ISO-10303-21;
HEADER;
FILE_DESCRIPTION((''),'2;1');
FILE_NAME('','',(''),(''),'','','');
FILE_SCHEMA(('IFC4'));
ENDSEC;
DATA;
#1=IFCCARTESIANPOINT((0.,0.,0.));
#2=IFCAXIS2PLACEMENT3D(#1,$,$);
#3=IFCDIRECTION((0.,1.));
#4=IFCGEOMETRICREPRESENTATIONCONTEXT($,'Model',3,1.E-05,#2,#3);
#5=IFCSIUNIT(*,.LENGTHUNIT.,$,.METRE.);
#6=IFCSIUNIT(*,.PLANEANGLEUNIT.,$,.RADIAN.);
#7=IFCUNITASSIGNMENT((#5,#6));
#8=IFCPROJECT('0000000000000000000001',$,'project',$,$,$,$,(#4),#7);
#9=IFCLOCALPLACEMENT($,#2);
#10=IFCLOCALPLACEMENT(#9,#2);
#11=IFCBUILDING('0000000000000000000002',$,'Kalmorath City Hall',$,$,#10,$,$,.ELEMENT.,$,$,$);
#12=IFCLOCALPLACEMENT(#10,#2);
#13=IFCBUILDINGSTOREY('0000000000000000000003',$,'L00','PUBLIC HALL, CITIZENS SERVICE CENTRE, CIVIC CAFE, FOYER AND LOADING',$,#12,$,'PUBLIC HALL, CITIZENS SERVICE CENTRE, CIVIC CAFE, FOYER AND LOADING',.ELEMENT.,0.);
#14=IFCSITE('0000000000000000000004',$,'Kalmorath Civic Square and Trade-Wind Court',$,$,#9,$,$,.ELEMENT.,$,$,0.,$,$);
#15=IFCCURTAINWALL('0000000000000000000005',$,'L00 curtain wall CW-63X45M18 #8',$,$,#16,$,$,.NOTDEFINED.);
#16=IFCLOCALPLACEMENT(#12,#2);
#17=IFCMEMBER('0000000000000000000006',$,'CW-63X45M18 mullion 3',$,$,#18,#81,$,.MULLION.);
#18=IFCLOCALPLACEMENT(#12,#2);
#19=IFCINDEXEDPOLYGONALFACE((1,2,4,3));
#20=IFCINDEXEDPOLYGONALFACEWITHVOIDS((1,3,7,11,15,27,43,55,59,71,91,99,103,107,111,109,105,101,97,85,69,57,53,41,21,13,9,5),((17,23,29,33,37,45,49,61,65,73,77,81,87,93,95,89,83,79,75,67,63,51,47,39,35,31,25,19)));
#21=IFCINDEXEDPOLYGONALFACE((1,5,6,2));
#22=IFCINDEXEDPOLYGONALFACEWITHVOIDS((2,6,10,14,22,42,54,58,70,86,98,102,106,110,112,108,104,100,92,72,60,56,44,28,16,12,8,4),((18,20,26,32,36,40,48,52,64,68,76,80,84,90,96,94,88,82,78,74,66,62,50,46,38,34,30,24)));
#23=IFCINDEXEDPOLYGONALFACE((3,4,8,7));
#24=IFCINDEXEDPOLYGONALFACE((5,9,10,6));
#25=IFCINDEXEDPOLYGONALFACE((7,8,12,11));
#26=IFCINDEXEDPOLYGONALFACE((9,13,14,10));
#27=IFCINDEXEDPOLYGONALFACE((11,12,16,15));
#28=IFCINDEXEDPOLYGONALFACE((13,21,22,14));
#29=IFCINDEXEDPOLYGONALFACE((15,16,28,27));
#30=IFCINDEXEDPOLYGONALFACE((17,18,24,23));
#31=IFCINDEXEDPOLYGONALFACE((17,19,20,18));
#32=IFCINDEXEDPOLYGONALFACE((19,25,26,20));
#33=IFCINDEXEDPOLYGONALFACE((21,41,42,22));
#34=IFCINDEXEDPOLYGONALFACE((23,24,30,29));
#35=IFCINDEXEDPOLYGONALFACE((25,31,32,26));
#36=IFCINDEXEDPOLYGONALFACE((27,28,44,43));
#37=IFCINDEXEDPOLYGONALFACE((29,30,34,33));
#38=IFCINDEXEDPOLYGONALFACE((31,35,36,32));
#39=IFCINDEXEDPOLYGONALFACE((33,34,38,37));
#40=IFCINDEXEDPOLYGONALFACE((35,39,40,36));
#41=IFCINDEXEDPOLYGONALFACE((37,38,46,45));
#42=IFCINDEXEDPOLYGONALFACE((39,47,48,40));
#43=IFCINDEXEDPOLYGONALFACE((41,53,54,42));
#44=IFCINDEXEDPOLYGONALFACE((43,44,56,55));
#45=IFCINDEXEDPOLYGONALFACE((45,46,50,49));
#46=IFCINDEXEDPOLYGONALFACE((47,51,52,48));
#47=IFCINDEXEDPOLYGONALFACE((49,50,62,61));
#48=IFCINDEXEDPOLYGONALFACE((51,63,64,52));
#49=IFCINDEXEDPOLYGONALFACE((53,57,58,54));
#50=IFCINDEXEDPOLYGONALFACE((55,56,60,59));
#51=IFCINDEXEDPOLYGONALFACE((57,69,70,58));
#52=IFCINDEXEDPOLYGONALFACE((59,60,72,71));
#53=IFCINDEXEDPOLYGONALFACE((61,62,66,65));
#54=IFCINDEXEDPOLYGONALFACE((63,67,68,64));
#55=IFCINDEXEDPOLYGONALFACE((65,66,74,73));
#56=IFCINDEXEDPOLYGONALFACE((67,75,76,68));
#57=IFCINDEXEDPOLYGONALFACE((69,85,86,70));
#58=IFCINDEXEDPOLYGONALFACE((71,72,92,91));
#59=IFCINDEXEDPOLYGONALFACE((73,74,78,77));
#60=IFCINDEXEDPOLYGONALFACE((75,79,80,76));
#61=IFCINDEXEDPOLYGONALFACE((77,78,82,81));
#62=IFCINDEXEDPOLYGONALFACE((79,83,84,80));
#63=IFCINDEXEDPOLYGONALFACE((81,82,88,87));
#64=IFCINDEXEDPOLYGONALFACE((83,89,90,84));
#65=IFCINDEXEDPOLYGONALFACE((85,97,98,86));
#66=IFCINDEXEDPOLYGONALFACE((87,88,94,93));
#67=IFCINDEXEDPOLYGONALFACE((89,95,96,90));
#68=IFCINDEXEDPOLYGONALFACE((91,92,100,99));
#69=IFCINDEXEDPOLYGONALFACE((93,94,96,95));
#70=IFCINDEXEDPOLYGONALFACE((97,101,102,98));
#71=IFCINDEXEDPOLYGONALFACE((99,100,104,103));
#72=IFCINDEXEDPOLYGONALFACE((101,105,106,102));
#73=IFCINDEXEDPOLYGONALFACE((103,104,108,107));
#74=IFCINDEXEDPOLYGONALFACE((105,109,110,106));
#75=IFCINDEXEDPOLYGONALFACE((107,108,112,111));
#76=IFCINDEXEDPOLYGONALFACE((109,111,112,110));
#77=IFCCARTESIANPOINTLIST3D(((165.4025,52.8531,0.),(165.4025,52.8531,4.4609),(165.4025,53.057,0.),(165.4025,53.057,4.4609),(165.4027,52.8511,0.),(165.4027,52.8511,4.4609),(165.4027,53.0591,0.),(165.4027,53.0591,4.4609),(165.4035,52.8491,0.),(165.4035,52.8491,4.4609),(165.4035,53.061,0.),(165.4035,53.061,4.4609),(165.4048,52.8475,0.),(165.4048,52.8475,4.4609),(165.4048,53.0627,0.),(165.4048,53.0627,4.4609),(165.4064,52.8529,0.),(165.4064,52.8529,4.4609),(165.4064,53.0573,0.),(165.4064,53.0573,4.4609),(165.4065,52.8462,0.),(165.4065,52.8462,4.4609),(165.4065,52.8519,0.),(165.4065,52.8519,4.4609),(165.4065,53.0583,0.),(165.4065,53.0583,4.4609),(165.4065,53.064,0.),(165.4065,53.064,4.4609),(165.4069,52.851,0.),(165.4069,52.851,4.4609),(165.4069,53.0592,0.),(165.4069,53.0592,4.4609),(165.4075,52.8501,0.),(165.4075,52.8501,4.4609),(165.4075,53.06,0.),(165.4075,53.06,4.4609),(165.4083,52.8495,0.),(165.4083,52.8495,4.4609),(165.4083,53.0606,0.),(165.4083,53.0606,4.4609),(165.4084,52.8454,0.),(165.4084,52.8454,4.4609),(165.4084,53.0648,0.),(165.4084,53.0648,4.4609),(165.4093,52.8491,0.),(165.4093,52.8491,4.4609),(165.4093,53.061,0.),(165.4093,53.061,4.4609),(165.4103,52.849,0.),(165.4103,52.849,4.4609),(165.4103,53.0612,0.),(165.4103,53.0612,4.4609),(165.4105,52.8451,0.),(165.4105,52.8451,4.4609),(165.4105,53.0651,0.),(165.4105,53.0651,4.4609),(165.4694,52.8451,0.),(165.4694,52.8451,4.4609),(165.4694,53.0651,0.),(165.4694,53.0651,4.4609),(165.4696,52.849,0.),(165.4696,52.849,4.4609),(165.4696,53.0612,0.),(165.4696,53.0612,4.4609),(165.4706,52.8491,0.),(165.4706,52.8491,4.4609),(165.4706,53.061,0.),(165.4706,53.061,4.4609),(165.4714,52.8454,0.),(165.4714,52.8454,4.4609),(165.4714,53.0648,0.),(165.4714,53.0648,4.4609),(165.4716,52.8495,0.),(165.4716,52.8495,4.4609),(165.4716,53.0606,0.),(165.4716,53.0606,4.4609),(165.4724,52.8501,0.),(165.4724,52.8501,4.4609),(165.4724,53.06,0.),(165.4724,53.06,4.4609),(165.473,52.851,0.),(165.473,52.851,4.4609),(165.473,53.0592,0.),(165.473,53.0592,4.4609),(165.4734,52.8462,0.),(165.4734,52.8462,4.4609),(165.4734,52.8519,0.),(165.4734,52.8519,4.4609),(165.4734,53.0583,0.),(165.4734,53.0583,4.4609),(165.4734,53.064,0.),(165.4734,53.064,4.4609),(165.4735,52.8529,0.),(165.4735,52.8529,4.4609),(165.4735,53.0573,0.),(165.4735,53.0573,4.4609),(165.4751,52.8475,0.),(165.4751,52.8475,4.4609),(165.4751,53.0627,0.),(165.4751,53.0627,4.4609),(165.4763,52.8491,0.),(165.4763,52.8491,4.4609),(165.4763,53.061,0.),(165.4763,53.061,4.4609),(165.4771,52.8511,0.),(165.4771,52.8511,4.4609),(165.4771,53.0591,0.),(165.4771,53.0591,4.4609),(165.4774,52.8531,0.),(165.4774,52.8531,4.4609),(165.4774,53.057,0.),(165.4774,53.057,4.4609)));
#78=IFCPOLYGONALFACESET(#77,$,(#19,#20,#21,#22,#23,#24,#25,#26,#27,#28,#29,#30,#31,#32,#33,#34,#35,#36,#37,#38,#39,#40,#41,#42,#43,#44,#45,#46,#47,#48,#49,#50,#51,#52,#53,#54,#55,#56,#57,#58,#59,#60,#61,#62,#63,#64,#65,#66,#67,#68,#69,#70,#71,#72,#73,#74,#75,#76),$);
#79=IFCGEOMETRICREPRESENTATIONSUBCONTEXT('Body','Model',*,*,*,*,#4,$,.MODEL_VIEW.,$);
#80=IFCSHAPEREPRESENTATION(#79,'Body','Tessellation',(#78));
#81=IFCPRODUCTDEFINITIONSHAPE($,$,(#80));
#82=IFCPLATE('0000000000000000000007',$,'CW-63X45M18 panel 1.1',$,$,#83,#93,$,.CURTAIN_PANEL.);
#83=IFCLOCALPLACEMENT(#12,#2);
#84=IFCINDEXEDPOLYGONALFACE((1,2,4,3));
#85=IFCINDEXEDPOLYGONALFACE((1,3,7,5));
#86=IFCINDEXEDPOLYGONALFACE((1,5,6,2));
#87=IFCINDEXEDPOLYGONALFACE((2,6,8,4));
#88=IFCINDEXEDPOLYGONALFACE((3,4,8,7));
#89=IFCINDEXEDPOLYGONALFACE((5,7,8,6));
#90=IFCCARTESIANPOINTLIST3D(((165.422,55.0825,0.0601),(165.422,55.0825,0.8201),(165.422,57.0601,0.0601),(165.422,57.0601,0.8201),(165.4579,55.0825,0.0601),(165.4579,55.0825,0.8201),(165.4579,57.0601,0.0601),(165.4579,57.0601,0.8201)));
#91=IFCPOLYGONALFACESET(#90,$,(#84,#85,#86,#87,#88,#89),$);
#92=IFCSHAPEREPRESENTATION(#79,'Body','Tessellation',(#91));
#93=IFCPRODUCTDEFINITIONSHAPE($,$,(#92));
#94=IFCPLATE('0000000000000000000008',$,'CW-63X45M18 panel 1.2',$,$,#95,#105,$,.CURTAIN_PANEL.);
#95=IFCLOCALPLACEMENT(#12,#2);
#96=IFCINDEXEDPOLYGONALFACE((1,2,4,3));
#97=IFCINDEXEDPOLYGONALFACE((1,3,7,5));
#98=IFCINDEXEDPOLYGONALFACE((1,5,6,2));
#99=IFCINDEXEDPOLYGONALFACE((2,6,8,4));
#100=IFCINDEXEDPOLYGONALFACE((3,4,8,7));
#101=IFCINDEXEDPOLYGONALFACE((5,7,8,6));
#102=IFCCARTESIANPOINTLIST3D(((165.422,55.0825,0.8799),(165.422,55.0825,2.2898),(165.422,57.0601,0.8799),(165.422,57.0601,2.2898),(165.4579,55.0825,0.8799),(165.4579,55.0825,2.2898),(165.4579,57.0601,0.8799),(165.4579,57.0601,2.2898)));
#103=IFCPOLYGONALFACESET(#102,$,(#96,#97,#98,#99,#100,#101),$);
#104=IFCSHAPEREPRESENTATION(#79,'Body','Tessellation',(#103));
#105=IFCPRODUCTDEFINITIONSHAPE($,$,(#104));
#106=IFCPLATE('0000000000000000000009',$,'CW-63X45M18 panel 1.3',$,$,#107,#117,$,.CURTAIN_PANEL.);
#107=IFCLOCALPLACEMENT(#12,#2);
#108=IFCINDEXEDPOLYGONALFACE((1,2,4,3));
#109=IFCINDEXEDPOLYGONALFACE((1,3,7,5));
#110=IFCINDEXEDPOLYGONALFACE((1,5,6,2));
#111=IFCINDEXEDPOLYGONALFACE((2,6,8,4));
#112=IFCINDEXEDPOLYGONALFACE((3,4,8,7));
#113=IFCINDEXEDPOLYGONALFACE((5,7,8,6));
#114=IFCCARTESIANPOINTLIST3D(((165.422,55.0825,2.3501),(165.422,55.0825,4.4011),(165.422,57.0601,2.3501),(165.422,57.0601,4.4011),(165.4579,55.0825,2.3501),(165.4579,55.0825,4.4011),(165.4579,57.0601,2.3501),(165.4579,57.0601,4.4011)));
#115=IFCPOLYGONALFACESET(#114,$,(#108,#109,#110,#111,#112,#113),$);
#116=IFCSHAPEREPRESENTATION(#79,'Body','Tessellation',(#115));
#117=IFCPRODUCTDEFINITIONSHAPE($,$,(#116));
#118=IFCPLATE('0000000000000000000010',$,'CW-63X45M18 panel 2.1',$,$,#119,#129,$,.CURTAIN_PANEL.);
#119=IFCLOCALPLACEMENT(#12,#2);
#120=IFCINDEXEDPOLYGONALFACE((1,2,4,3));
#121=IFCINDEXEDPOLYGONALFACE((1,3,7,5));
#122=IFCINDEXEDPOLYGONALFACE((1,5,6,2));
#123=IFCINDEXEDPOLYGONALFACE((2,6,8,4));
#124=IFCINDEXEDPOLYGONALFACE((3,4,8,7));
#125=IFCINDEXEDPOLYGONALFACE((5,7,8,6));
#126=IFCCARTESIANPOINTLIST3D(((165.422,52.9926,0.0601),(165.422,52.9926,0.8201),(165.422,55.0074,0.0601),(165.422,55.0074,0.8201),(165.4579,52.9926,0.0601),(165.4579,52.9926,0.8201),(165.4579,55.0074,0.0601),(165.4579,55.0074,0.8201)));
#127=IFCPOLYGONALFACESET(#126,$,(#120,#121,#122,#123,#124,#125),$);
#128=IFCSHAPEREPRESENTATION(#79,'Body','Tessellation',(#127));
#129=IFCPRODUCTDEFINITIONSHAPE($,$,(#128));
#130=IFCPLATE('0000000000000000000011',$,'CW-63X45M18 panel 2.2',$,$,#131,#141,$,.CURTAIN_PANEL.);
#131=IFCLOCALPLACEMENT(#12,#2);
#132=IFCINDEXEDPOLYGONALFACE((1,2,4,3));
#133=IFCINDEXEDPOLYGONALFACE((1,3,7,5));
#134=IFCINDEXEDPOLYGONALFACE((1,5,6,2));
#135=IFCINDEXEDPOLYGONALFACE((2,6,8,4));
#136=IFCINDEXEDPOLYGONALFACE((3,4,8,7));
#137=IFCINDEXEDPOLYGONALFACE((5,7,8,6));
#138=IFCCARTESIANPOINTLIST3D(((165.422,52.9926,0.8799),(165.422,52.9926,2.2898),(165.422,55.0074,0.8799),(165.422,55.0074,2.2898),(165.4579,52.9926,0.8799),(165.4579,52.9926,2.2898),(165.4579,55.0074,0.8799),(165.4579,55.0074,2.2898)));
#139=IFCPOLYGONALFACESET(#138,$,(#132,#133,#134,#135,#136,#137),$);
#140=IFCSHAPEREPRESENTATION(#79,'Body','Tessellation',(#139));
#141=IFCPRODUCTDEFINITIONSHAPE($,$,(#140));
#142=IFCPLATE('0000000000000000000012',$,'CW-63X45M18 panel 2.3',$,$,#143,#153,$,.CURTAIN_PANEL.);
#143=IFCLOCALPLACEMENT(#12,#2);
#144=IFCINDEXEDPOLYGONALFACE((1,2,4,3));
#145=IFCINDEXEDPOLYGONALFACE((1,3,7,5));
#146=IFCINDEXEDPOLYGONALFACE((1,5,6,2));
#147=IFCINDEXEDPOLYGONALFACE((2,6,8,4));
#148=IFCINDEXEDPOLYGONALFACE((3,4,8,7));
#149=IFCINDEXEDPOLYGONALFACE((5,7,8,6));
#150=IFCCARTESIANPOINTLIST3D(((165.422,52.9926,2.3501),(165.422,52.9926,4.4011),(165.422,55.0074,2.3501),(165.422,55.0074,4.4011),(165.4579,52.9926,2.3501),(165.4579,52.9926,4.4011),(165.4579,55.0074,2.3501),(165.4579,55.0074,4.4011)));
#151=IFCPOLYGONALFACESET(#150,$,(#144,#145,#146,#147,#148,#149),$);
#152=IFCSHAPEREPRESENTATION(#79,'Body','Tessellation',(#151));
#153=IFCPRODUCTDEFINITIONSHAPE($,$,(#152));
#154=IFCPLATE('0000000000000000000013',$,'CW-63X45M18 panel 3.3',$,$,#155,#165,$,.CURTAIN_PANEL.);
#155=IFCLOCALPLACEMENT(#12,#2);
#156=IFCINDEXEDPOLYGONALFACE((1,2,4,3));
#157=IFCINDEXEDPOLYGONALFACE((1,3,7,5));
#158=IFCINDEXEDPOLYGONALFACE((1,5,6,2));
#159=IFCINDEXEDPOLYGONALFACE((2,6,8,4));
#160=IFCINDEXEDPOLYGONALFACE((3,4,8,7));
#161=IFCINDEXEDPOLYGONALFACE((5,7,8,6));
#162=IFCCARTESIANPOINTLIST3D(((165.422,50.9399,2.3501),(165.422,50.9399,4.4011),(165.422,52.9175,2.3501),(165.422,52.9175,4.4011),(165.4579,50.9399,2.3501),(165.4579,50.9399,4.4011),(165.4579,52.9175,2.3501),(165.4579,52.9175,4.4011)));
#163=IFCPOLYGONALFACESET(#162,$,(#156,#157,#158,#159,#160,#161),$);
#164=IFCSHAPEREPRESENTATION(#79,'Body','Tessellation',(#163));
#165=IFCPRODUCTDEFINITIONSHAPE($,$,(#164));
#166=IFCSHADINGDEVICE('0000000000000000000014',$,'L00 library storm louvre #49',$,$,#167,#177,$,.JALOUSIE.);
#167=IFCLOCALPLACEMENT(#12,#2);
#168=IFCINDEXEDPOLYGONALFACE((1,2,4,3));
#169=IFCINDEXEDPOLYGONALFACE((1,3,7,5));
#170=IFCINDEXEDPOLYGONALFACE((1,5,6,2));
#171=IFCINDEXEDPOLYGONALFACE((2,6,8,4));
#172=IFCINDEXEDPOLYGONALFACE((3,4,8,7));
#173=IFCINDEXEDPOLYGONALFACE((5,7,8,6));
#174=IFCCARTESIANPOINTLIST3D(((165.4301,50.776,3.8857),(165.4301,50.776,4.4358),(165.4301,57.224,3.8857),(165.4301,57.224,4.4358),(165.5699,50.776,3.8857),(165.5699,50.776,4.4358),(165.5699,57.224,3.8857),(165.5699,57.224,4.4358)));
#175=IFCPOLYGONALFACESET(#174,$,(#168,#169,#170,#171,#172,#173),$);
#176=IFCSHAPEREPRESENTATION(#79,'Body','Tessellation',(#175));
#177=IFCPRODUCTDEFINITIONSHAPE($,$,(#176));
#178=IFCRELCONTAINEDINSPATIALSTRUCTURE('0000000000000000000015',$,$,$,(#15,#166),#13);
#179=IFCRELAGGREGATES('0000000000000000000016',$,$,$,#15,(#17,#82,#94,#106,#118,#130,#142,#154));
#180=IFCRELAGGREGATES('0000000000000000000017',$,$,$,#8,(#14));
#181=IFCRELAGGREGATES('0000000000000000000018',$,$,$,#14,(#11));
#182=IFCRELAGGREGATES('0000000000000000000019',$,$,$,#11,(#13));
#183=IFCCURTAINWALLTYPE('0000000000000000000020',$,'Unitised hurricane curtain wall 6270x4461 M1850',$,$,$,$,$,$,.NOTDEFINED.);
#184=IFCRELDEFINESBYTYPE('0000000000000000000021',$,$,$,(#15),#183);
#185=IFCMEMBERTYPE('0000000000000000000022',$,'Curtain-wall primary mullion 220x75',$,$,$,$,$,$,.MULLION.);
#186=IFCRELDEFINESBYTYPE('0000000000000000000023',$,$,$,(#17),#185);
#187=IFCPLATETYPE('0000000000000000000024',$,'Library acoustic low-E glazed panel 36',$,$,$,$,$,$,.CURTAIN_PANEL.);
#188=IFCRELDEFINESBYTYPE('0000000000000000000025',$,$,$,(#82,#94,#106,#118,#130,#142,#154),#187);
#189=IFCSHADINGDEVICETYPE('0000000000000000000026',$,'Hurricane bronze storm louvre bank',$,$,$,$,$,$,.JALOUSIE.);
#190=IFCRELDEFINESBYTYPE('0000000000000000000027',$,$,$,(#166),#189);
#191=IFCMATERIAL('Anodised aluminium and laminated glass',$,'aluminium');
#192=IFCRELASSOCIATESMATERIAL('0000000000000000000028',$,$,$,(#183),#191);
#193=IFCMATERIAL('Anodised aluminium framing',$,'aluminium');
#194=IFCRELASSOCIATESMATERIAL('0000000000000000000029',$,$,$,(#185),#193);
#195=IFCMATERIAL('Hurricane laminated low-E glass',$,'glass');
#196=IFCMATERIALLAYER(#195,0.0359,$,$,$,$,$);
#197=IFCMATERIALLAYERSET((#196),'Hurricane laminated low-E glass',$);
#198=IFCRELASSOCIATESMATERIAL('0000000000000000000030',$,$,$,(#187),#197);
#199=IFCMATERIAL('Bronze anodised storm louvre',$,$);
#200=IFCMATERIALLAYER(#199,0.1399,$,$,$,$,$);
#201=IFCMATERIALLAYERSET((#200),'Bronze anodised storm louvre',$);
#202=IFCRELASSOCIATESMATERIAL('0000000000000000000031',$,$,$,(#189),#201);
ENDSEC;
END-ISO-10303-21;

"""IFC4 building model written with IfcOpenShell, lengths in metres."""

from ifc_helpers import new_model, si_unit, direction, frame, origin, origin_2d, place, context, subcontext, project, spatial, rectangle, hollow_rectangle, extrude, material, layer, layer_set, material_profile, profile_set, type_object, element, aggregate, save


model = new_model("IFC4")

# Units and contexts
model_context = context("Model", 3, precision=1e-05, world=origin(), true_north=direction((0.0, 1.0)))
body_context = subcontext(model_context, "Body", "Model", "MODEL_VIEW")
ifc_project = project(units=[si_unit("LENGTHUNIT", "METRE"), si_unit("PLANEANGLEUNIT", "RADIAN")], contexts=[model_context])

# Site, building, storey
site_placement = place(None, origin())
site = spatial("IfcSite", under=ifc_project, at=site_placement, Name="Kalmorath Civic Square and Trade-Wind Court", CompositionType="ELEMENT", RefElevation=0.0)
building_placement = place(site_placement, origin())
building = spatial("IfcBuilding", under=site, at=building_placement, Name="Kalmorath City Hall", CompositionType="ELEMENT")
storey_placement = place(building_placement, origin())
storey = spatial("IfcBuildingStorey", under=building, at=storey_placement, Name="L00", Description="PUBLIC HALL, CITIZENS SERVICE CENTRE, CIVIC CAFE, FOYER AND LOADING", LongName="PUBLIC HALL, CITIZENS SERVICE CENTRE, CIVIC CAFE, FOYER AND LOADING", CompositionType="ELEMENT", Elevation=0.0)

# Curtain wall, member, plates
ifc_material_1 = material(Name="Anodised aluminium and laminated glass", Category="aluminium")
curtain_wall_type = type_object("IfcCurtainWallType", Name="Unitised hurricane curtain wall 6270x4461 M1850", PredefinedType="NOTDEFINED", material=ifc_material_1)
curtain_wall_placement = place(storey_placement, origin())
curtain_wall = element("IfcCurtainWall", 1, at=curtain_wall_placement, inside=storey, type_object=curtain_wall_type, Name="L00 curtain wall CW-63X45M18 #8", PredefinedType="NOTDEFINED")
ifc_material_2 = material(Name="Anodised aluminium framing", Category="aluminium")
ifc_material_profile_1 = material_profile(ifc_material_2, hollow_rectangle(XDim=0.075, YDim=0.22, WallThickness=0.0039, InnerFilletRadius=0.0039, OuterFilletRadius=0.0081, at=origin_2d()), Name="ALU-MUL-220X75X4")
ifc_profile_set_1 = profile_set([ifc_material_profile_1], Name="Anodised aluminium framing")
member_type_1 = type_object("IfcMemberType", Name="Curtain-wall primary mullion 220x75", PredefinedType="MULLION", material=ifc_profile_set_1)
member_1_placement = place(storey_placement, frame((165.4399, 52.9551, 0.0), z_axis=(0.0, 0.0, 1.0), x_axis=(1.0, 0.0, 0.0)))
member_1 = element("IfcMember", 2, at=member_1_placement, type_object=member_type_1, Name="CW-63X45M18 mullion 3", PredefinedType="MULLION", context=body_context, shape_type="SweptSolid", body=[
    extrude(hollow_rectangle(XDim=0.075, YDim=0.22, WallThickness=0.0039, InnerFilletRadius=0.0039, OuterFilletRadius=0.0081, at=origin_2d()), origin(), (0.0, 0.0, 1.0), 4.4609),
])
ifc_material_3 = material(Name="Hurricane laminated low-E glass", Category="glass")
ifc_layer_1 = layer(ifc_material_3, 0.0359)
ifc_layer_set_1 = layer_set([ifc_layer_1], Name="Hurricane laminated low-E glass")
plate_type = type_object("IfcPlateType", Name="Library acoustic low-E glazed panel 36", PredefinedType="CURTAIN_PANEL", material=ifc_layer_set_1)
plate_1_placement = place(storey_placement, frame((165.4399, 56.0713, 0.0601), z_axis=(0.0, 0.0, 1.0), x_axis=(0.0, -1.0, 0.0)))
plate_1 = element("IfcPlate", 3, at=plate_1_placement, type_object=plate_type, Name="CW-63X45M18 panel 1.1", PredefinedType="CURTAIN_PANEL", context=body_context, shape_type="SweptSolid", body=[
    extrude(rectangle(XDim=1.9775, YDim=0.0359, at=origin_2d()), origin(), (0.0, 0.0, 1.0), 0.76),
])
plate_2_placement = place(storey_placement, frame((165.4399, 56.0713, 0.8799), z_axis=(0.0, 0.0, 1.0), x_axis=(0.0, -1.0, 0.0)))
plate_2 = element("IfcPlate", 4, at=plate_2_placement, type_object=plate_type, Name="CW-63X45M18 panel 1.2", PredefinedType="CURTAIN_PANEL", context=body_context, shape_type="SweptSolid", body=[
    extrude(rectangle(XDim=1.9775, YDim=0.0359, at=origin_2d()), origin(), (0.0, 0.0, 1.0), 1.4099),
])
plate_3_placement = place(storey_placement, frame((165.4399, 56.0713, 2.3501), z_axis=(0.0, 0.0, 1.0), x_axis=(0.0, -1.0, 0.0)))
plate_3 = element("IfcPlate", 5, at=plate_3_placement, type_object=plate_type, Name="CW-63X45M18 panel 1.3", PredefinedType="CURTAIN_PANEL", context=body_context, shape_type="SweptSolid", body=[
    extrude(rectangle(XDim=1.9775, YDim=0.0359, at=origin_2d()), origin(), (0.0, 0.0, 1.0), 2.051),
])
plate_4_placement = place(storey_placement, frame((165.4399, 54.0, 0.0601), z_axis=(0.0, 0.0, 1.0), x_axis=(0.0, -1.0, 0.0)))
plate_4 = element("IfcPlate", 6, at=plate_4_placement, type_object=plate_type, Name="CW-63X45M18 panel 2.1", PredefinedType="CURTAIN_PANEL", context=body_context, shape_type="SweptSolid", body=[
    extrude(rectangle(XDim=2.0149, YDim=0.0359, at=origin_2d()), origin(), (0.0, 0.0, 1.0), 0.76),
])
plate_5_placement = place(storey_placement, frame((165.4399, 54.0, 0.8799), z_axis=(0.0, 0.0, 1.0), x_axis=(0.0, -1.0, 0.0)))
plate_5 = element("IfcPlate", 7, at=plate_5_placement, type_object=plate_type, Name="CW-63X45M18 panel 2.2", PredefinedType="CURTAIN_PANEL", context=body_context, shape_type="SweptSolid", body=[
    extrude(rectangle(XDim=2.0149, YDim=0.0359, at=origin_2d()), origin(), (0.0, 0.0, 1.0), 1.4099),
])
plate_6_placement = place(storey_placement, frame((165.4399, 54.0, 2.3501), z_axis=(0.0, 0.0, 1.0), x_axis=(0.0, -1.0, 0.0)))
plate_6 = element("IfcPlate", 8, at=plate_6_placement, type_object=plate_type, Name="CW-63X45M18 panel 2.3", PredefinedType="CURTAIN_PANEL", context=body_context, shape_type="SweptSolid", body=[
    extrude(rectangle(XDim=2.0149, YDim=0.0359, at=origin_2d()), origin(), (0.0, 0.0, 1.0), 2.051),
])
plate_7_placement = place(storey_placement, frame((165.4399, 51.9287, 2.3501), z_axis=(0.0, 0.0, 1.0), x_axis=(0.0, -1.0, 0.0)))
plate_7 = element("IfcPlate", 9, at=plate_7_placement, type_object=plate_type, Name="CW-63X45M18 panel 3.3", PredefinedType="CURTAIN_PANEL", context=body_context, shape_type="SweptSolid", body=[
    extrude(rectangle(XDim=1.9775, YDim=0.0359, at=origin_2d()), origin(), (0.0, 0.0, 1.0), 2.051),
])
aggregate(curtain_wall, [member_1, plate_1, plate_2, plate_3, plate_4, plate_5, plate_6, plate_7])

# Shading device
ifc_material_4 = material(Name="Bronze anodised storm louvre")
ifc_layer_2 = layer(ifc_material_4, 0.1399)
ifc_layer_set_2 = layer_set([ifc_layer_2], Name="Bronze anodised storm louvre")
shading_device_type = type_object("IfcShadingDeviceType", Name="Hurricane bronze storm louvre bank", PredefinedType="JALOUSIE", material=ifc_layer_set_2)
shading_device_placement = place(storey_placement, frame((165.5, 54.0, 3.8857), z_axis=(0.0, 0.0, 1.0), x_axis=(0.0, -1.0, 0.0)))
element("IfcShadingDevice", 10, at=shading_device_placement, inside=storey, type_object=shading_device_type, Name="L00 library storm louvre #49", PredefinedType="JALOUSIE", context=body_context, shape_type="SweptSolid", body=[
    extrude(rectangle(XDim=6.448, YDim=0.1399, at=origin_2d()), origin(), (0.0, 0.0, 1.0), 0.55),
])

save(model, "model.ifc")
